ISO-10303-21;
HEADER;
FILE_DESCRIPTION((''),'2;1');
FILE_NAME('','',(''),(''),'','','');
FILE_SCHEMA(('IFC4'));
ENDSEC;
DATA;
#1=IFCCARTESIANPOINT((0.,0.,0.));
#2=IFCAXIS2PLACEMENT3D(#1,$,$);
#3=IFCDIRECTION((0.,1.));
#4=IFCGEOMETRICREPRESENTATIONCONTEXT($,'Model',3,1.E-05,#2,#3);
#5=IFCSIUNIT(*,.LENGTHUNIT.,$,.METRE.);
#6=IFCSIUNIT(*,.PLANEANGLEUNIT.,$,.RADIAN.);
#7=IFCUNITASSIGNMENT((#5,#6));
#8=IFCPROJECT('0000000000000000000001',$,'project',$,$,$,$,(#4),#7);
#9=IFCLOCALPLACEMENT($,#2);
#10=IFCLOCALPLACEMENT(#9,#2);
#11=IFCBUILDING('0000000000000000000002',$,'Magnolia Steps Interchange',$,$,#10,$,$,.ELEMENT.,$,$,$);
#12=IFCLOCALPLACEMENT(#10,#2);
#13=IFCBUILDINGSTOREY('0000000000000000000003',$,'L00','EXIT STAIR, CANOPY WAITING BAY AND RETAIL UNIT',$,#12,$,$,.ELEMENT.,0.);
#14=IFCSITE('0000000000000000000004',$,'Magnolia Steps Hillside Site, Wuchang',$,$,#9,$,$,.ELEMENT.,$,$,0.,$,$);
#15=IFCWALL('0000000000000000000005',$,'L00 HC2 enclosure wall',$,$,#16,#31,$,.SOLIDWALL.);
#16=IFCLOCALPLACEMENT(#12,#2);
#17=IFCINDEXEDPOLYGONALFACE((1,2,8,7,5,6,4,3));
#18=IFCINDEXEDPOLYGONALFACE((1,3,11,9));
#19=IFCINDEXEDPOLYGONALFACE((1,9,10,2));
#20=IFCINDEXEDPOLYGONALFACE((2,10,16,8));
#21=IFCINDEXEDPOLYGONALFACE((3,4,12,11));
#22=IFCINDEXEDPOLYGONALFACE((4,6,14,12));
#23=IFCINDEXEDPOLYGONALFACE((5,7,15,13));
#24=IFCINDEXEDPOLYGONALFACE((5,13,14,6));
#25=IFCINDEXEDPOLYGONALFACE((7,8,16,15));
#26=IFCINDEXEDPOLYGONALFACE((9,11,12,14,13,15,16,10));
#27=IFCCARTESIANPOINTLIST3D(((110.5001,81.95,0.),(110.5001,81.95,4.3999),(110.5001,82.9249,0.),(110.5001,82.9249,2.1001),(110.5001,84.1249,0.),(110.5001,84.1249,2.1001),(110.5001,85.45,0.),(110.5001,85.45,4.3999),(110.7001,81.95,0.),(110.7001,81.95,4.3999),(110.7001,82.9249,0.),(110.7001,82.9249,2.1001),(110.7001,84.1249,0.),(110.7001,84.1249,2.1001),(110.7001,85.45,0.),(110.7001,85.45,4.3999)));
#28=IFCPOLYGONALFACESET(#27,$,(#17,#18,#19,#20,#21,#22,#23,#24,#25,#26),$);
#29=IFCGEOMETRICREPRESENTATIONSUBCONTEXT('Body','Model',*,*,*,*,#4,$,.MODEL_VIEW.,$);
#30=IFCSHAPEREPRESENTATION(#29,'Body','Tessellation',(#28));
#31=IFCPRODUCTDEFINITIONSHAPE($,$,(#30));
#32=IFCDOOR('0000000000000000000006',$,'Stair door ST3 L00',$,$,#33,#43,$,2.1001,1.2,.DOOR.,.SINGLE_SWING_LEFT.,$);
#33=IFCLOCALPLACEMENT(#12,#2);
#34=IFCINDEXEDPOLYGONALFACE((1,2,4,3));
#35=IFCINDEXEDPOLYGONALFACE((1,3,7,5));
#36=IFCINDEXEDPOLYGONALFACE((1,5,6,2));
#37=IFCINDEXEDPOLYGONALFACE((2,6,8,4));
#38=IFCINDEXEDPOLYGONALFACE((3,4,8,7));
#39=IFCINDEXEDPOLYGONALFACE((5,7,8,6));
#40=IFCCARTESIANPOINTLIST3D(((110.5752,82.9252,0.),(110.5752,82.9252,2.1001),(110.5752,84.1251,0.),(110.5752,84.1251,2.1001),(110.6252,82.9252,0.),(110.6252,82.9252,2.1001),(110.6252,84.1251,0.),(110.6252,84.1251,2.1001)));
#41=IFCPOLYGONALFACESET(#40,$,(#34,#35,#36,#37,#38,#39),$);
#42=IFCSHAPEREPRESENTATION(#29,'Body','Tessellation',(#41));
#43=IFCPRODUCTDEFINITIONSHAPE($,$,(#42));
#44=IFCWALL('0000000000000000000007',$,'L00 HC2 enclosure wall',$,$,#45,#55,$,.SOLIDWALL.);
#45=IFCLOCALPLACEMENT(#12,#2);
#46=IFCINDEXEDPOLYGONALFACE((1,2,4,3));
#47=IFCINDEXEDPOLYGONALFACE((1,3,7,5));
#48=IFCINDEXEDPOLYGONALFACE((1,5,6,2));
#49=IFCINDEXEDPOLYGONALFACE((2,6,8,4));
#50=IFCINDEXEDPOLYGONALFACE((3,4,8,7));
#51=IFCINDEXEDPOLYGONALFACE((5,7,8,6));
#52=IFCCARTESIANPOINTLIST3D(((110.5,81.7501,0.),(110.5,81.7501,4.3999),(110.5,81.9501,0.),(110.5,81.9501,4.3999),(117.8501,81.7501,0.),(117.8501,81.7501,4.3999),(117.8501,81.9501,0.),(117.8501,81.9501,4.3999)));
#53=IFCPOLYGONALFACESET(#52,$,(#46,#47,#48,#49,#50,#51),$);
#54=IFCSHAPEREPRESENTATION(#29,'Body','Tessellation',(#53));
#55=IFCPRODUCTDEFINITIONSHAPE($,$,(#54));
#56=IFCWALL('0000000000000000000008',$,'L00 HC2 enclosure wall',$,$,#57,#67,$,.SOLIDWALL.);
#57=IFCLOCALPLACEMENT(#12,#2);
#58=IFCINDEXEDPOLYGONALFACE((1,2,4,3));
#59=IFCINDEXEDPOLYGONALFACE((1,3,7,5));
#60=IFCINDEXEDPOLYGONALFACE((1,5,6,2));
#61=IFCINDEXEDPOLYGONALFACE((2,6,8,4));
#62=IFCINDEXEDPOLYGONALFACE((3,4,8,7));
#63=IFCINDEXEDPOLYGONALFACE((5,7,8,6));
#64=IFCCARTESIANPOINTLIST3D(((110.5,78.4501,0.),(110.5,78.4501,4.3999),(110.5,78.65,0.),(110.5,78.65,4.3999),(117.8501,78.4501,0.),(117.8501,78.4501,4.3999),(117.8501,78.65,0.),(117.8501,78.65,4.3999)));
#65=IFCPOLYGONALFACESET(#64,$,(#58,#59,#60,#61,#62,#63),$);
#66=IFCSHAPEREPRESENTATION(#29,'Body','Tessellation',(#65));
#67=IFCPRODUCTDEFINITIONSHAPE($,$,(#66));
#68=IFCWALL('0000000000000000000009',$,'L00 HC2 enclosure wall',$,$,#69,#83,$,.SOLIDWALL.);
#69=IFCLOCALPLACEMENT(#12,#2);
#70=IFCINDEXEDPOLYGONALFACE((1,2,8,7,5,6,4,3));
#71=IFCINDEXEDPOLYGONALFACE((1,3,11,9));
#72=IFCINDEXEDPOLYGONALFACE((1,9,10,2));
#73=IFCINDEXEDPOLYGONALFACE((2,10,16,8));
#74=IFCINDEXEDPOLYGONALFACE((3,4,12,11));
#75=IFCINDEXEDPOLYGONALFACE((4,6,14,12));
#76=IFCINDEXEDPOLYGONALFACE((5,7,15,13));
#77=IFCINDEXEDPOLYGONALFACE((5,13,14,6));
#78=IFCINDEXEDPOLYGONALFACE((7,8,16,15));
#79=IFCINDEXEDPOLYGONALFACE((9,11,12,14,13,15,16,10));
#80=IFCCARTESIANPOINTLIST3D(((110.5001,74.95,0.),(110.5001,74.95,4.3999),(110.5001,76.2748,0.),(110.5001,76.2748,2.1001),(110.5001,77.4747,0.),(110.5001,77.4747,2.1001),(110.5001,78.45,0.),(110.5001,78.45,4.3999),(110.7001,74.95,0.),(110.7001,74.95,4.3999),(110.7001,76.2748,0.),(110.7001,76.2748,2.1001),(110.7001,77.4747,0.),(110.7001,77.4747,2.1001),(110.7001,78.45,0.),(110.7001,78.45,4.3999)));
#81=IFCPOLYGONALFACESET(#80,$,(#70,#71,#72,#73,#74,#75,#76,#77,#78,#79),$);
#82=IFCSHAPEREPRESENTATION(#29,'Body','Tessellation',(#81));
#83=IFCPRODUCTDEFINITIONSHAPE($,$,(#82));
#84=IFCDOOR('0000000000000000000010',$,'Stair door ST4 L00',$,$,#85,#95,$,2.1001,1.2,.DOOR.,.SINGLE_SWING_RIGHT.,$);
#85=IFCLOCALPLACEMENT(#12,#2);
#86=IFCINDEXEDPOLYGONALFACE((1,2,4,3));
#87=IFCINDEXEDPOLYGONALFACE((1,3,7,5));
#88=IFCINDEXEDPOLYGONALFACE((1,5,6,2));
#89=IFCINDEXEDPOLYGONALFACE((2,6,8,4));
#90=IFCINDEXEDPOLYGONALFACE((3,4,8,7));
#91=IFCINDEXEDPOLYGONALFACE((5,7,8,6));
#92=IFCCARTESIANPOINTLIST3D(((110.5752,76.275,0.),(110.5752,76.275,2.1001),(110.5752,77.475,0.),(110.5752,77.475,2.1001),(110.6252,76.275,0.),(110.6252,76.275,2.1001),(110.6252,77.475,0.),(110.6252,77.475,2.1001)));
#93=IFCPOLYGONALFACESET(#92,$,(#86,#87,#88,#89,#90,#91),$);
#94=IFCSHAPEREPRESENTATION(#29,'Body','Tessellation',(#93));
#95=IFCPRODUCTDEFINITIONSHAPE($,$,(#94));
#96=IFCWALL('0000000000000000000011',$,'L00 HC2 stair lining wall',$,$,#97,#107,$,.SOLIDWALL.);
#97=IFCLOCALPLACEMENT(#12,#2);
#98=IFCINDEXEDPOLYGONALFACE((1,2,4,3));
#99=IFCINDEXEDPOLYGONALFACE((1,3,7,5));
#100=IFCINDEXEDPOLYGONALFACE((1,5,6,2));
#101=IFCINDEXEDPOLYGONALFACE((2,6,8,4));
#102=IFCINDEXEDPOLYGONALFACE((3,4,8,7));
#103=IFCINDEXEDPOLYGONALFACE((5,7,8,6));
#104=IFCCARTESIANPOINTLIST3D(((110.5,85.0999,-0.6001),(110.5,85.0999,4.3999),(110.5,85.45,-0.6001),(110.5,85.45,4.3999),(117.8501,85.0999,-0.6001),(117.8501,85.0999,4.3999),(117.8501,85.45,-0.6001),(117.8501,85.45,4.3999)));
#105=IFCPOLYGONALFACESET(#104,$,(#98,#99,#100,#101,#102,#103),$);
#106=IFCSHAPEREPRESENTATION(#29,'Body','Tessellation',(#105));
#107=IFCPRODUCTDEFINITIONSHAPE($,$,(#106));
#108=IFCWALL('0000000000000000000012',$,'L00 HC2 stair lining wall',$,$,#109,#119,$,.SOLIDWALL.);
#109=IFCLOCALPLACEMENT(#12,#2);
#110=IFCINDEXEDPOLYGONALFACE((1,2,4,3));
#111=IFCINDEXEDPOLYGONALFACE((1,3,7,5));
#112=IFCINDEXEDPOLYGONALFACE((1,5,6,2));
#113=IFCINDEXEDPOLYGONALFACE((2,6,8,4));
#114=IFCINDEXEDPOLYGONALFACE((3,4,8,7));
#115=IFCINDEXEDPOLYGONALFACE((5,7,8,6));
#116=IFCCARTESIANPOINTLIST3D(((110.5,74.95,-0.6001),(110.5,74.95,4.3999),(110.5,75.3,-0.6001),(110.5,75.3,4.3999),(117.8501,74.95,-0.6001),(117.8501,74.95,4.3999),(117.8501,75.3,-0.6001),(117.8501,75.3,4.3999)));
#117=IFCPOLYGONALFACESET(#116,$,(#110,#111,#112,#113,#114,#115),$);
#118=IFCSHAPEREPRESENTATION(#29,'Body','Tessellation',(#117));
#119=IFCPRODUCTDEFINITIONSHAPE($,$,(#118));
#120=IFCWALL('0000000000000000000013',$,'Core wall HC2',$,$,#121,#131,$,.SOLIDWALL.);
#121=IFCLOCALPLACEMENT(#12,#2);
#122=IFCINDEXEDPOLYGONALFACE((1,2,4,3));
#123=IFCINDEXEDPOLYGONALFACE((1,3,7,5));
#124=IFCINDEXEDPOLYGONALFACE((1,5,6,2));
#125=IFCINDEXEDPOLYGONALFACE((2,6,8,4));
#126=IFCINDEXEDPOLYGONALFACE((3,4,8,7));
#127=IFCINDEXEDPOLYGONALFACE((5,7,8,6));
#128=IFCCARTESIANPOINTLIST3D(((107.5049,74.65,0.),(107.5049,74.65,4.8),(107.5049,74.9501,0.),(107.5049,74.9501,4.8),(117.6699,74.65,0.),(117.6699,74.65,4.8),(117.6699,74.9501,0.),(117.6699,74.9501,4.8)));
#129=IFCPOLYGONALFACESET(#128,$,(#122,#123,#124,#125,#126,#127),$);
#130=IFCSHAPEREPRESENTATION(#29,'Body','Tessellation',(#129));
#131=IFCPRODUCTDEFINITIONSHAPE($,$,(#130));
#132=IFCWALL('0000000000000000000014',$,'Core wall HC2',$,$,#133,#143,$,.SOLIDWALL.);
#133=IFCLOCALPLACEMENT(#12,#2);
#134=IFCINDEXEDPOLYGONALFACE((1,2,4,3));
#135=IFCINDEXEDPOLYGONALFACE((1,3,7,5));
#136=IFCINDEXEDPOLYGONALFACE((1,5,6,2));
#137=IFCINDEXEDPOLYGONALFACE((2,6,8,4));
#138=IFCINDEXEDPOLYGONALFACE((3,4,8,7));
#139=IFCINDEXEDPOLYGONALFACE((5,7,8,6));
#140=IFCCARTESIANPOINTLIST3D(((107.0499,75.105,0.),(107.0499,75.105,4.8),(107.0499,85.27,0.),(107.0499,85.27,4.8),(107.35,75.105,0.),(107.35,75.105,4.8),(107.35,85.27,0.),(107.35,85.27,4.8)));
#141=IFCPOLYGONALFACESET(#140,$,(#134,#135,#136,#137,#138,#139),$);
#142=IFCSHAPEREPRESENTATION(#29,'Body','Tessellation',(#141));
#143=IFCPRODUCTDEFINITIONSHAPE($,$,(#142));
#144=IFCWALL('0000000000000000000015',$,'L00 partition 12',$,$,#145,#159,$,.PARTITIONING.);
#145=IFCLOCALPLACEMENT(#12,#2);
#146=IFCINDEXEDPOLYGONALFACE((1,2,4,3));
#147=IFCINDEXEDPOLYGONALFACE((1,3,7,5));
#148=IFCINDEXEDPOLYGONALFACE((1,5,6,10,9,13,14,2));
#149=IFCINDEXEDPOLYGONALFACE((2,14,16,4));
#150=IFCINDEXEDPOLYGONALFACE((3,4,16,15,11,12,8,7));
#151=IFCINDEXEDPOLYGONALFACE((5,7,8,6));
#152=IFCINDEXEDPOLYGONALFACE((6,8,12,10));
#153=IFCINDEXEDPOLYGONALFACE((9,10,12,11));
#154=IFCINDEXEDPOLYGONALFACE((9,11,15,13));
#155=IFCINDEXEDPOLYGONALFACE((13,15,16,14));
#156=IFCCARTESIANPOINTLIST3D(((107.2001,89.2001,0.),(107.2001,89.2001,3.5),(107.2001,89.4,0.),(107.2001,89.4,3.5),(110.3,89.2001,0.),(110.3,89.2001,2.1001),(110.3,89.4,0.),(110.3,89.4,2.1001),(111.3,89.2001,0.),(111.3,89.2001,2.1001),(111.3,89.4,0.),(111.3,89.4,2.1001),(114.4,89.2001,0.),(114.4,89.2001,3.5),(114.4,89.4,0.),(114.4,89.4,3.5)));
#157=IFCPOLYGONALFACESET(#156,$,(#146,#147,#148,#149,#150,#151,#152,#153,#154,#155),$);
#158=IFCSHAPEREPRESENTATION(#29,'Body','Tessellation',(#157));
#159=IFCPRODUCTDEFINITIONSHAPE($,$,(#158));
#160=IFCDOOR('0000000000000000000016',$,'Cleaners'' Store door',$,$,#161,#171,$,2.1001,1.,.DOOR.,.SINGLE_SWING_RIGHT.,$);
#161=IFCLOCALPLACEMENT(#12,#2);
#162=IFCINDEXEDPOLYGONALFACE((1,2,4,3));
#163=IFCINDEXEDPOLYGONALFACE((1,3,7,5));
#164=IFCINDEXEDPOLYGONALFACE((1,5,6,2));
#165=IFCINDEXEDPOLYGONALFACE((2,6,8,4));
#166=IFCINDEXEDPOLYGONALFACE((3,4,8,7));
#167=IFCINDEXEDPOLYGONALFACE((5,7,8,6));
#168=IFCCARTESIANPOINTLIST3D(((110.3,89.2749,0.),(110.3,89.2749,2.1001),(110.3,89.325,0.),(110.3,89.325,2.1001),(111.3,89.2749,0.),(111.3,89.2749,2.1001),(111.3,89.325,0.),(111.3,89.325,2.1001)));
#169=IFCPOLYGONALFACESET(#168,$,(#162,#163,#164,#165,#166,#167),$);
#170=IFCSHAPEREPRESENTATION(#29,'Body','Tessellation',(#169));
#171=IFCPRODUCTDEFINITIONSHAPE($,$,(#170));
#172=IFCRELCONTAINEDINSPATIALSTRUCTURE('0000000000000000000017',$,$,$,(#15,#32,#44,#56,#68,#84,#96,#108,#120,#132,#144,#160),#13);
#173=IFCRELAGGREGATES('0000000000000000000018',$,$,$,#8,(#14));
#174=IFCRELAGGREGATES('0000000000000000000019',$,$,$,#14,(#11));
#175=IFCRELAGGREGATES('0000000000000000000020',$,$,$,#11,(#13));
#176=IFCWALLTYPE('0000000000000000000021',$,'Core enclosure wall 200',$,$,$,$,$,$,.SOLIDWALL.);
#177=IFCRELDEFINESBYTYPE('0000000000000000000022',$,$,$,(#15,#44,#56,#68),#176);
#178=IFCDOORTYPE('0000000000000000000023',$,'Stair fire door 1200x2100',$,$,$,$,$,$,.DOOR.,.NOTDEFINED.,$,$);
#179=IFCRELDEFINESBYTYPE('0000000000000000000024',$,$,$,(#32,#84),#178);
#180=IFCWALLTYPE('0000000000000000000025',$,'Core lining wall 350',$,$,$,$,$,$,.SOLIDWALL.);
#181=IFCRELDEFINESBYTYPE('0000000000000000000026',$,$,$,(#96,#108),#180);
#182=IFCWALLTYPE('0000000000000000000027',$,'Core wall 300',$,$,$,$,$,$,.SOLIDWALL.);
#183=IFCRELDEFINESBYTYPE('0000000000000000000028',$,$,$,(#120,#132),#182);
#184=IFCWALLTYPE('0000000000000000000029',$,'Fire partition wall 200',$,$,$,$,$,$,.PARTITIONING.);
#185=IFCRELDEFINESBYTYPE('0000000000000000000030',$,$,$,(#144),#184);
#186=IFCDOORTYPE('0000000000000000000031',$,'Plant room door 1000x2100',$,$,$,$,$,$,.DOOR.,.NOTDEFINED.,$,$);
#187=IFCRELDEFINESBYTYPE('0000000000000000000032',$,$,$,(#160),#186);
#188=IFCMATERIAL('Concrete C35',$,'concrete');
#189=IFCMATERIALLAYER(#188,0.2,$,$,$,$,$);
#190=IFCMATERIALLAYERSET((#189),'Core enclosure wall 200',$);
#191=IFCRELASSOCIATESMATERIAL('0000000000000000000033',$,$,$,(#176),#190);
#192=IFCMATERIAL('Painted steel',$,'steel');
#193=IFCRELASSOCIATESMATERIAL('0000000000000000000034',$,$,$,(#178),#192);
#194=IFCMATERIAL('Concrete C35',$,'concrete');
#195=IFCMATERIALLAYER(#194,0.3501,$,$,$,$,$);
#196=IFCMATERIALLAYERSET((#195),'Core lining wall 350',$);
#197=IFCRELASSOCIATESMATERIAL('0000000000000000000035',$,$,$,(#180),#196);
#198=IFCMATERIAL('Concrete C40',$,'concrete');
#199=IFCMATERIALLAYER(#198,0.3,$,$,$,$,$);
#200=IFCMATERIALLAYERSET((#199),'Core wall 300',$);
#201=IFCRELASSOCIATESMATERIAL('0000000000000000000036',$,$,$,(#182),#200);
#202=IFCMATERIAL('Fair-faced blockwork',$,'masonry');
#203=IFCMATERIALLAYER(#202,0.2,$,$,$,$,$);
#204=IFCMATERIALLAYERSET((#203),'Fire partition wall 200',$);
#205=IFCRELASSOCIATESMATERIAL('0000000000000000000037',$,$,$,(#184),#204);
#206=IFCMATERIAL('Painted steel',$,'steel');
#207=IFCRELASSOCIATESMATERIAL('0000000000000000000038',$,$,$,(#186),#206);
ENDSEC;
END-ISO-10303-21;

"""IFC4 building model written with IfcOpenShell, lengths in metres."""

from ifc_helpers import new_model, si_unit, direction, frame, frame_2d, origin, place, context, subcontext, project, spatial, rectangle, extrude, material, layer, layer_set, type_object, element, fill, save


model = new_model("IFC4")

# Units and contexts
model_context = context("Model", 3, precision=1e-05, world=origin(), true_north=direction((0.0, 1.0)))
body_context = subcontext(model_context, "Body", "Model", "MODEL_VIEW")
ifc_project = project(units=[si_unit("LENGTHUNIT", "METRE"), si_unit("PLANEANGLEUNIT", "RADIAN")], contexts=[model_context])

# Site, building, storey
site_placement = place(None, origin())
site = spatial("IfcSite", under=ifc_project, at=site_placement, Name="Magnolia Steps Hillside Site, Wuchang", CompositionType="ELEMENT", RefElevation=0.0)
building_placement = place(site_placement, origin())
building = spatial("IfcBuilding", under=site, at=building_placement, Name="Magnolia Steps Interchange", CompositionType="ELEMENT")
storey_placement = place(building_placement, origin())
storey = spatial("IfcBuildingStorey", under=building, at=storey_placement, Name="L00", Description="EXIT STAIR, CANOPY WAITING BAY AND RETAIL UNIT", CompositionType="ELEMENT", Elevation=0.0)

# Wall, opening, door
ifc_material_1 = material(Name="Concrete C35", Category="concrete")
ifc_layer_1 = layer(ifc_material_1, 0.2)
ifc_layer_set_1 = layer_set([ifc_layer_1], Name="Core enclosure wall 200")
wall_type_1 = type_object("IfcWallType", Name="Core enclosure wall 200", PredefinedType="SOLIDWALL", material=ifc_layer_set_1)
wall_1_placement = place(storey_placement, frame((110.6001, 85.45, 0.0), z_axis=(0.0, 0.0, 1.0), x_axis=(0.0, -1.0, 0.0)))
wall_1 = element("IfcWall", 1, at=wall_1_placement, inside=storey, type_object=wall_type_1, Name="L00 HC2 enclosure wall", PredefinedType="SOLIDWALL", context=body_context, shape_type="SweptSolid", body=[
    extrude(rectangle(XDim=3.5, YDim=0.2, at=frame_2d((1.75, 0.0))), origin(), (0.0, 0.0, 1.0), 4.3999),
])
opening_1_placement = place(wall_1_placement, frame((1.325, 0.0, 0.0)))
opening_1 = element("IfcOpeningElement", 2, at=opening_1_placement, cuts=wall_1, PredefinedType="OPENING", context=body_context, shape_type="SweptSolid", body=[
    extrude(rectangle(XDim=1.2, YDim=2.1001, at=frame_2d((0.6001, 1.05))), frame((0.0, 0.1099, 0.0), z_axis=(0.0, -1.0, 0.0), x_axis=(1.0, 0.0, 0.0)), (0.0, 0.0, 1.0), 0.22),
])
ifc_material_2 = material(Name="Painted steel", Category="steel")
door_type_1 = type_object("IfcDoorType", Name="Stair fire door 1200x2100", OperationType="NOTDEFINED", PredefinedType="DOOR", material=ifc_material_2)
door_1_placement = place(opening_1_placement, frame((1.2, 0.0, 0.0), z_axis=(0.0, 0.0, 1.0), x_axis=(-1.0, 0.0, 0.0)))
door_1 = element("IfcDoor", 3, at=door_1_placement, inside=storey, type_object=door_type_1, Name="Stair door ST3 L00", OperationType="SINGLE_SWING_LEFT", OverallHeight=2.1001, OverallWidth=1.2, PredefinedType="DOOR", context=body_context, shape_type="SweptSolid", body=[
    extrude(rectangle(XDim=1.2, YDim=2.1001, at=frame_2d((0.6001, 1.05))), frame((0.0, 0.0249, 0.0), z_axis=(0.0, -1.0, 0.0), x_axis=(1.0, 0.0, 0.0)), (0.0, 0.0, 1.0), 0.05),
])
fill(opening_1, door_1)

# Walls
for number, where, z_axis, x_axis, name in (
    (4, (110.5, 81.8501, 0.0), (0.0, 0.0, 1.0), (1.0, 0.0, 0.0), "L00 HC2 enclosure wall"),
    (5, (110.5, 78.55, 0.0), (0.0, 0.0, 1.0), (1.0, 0.0, 0.0), "L00 HC2 enclosure wall"),
):
    element("IfcWall", number, at=place(storey_placement, frame(where, z_axis=z_axis, x_axis=x_axis)), inside=storey, type_object=wall_type_1, Name=name, PredefinedType="SOLIDWALL", context=body_context, shape_type="SweptSolid", body=[
        extrude(rectangle(XDim=7.3501, YDim=0.2, at=frame_2d((3.675, 0.0))), origin(), (0.0, 0.0, 1.0), 4.3999),
    ])

# Wall, opening, door
wall_2_placement = place(storey_placement, frame((110.6001, 78.45, 0.0), z_axis=(0.0, 0.0, 1.0), x_axis=(0.0, -1.0, 0.0)))
wall_2 = element("IfcWall", 6, at=wall_2_placement, inside=storey, type_object=wall_type_1, Name="L00 HC2 enclosure wall", PredefinedType="SOLIDWALL", context=body_context, shape_type="SweptSolid", body=[
    extrude(rectangle(XDim=3.5, YDim=0.2, at=frame_2d((1.75, 0.0))), origin(), (0.0, 0.0, 1.0), 4.3999),
])
opening_2_placement = place(wall_2_placement, frame((0.9751, 0.0, 0.0)))
opening_2 = element("IfcOpeningElement", 7, at=opening_2_placement, cuts=wall_2, PredefinedType="OPENING", context=body_context, shape_type="SweptSolid", body=[
    extrude(rectangle(XDim=1.2, YDim=2.1001, at=frame_2d((0.6001, 1.05))), frame((0.0, 0.1099, 0.0), z_axis=(0.0, -1.0, 0.0), x_axis=(1.0, 0.0, 0.0)), (0.0, 0.0, 1.0), 0.22),
])
door_2_placement = place(opening_2_placement, frame((1.2, 0.0, 0.0), z_axis=(0.0, 0.0, 1.0), x_axis=(-1.0, 0.0, 0.0)))
door_2 = element("IfcDoor", 8, at=door_2_placement, inside=storey, type_object=door_type_1, Name="Stair door ST4 L00", OperationType="SINGLE_SWING_RIGHT", OverallHeight=2.1001, OverallWidth=1.2, PredefinedType="DOOR", context=body_context, shape_type="SweptSolid", body=[
    extrude(rectangle(XDim=1.2, YDim=2.1001, at=frame_2d((0.6001, 1.05))), frame((0.0, 0.0249, 0.0), z_axis=(0.0, -1.0, 0.0), x_axis=(1.0, 0.0, 0.0)), (0.0, 0.0, 1.0), 0.05),
])
fill(opening_2, door_2)

# Walls
ifc_material_3 = material(Name="Concrete C35", Category="concrete")
ifc_layer_2 = layer(ifc_material_3, 0.3501)
ifc_layer_set_2 = layer_set([ifc_layer_2], Name="Core lining wall 350")
wall_type_2 = type_object("IfcWallType", Name="Core lining wall 350", PredefinedType="SOLIDWALL", material=ifc_layer_set_2)
for number, where, z_axis, x_axis, name in (
    (9, (110.5, 85.2749, -0.6001), (0.0, 0.0, 1.0), (1.0, 0.0, 0.0), "L00 HC2 stair lining wall"),
    (10, (110.5, 75.125, -0.6001), (0.0, 0.0, 1.0), (1.0, 0.0, 0.0), "L00 HC2 stair lining wall"),
):
    element("IfcWall", number, at=place(storey_placement, frame(where, z_axis=z_axis, x_axis=x_axis)), inside=storey, type_object=wall_type_2, Name=name, PredefinedType="SOLIDWALL", context=body_context, shape_type="SweptSolid", body=[
        extrude(rectangle(XDim=7.3501, YDim=0.3501, at=frame_2d((3.675, 0.0))), origin(), (0.0, 0.0, 1.0), 5.0),
    ])
ifc_material_4 = material(Name="Concrete C40", Category="concrete")
ifc_layer_3 = layer(ifc_material_4, 0.3)
ifc_layer_set_3 = layer_set([ifc_layer_3], Name="Core wall 300")
wall_type_3 = type_object("IfcWallType", Name="Core wall 300", PredefinedType="SOLIDWALL", material=ifc_layer_set_3)
for number, where, z_axis, x_axis, name in (
    (11, (107.5049, 74.8, 0.0), (0.0, 0.0, 1.0), (1.0, 0.0, 0.0), "Core wall HC2"),
    (12, (107.2, 85.27, 0.0), (0.0, 0.0, 1.0), (0.0, -1.0, 0.0), "Core wall HC2"),
):
    element("IfcWall", number, at=place(storey_placement, frame(where, z_axis=z_axis, x_axis=x_axis)), inside=storey, type_object=wall_type_3, Name=name, PredefinedType="SOLIDWALL", context=body_context, shape_type="SweptSolid", body=[
        extrude(rectangle(XDim=10.165, YDim=0.3, at=frame_2d((5.0825, 0.0))), origin(), (0.0, 0.0, 1.0), 4.8),
    ])

# Wall, opening, door
ifc_material_5 = material(Name="Fair-faced blockwork", Category="masonry")
ifc_layer_4 = layer(ifc_material_5, 0.2)
ifc_layer_set_4 = layer_set([ifc_layer_4], Name="Fire partition wall 200")
wall_type_4 = type_object("IfcWallType", Name="Fire partition wall 200", PredefinedType="PARTITIONING", material=ifc_layer_set_4)
wall_3_placement = place(storey_placement, frame((107.2, 89.3, 0.0), z_axis=(0.0, 0.0, 1.0), x_axis=(1.0, 0.0, 0.0)))
wall_3 = element("IfcWall", 13, at=wall_3_placement, inside=storey, type_object=wall_type_4, Name="L00 partition 12", PredefinedType="PARTITIONING", context=body_context, shape_type="SweptSolid", body=[
    extrude(rectangle(XDim=7.2, YDim=0.2, at=frame_2d((3.6001, 0.0))), origin(), (0.0, 0.0, 1.0), 3.5),
])
opening_3_placement = place(wall_3_placement, frame((3.1001, 0.0, 0.0)))
opening_3 = element("IfcOpeningElement", 14, at=opening_3_placement, cuts=wall_3, PredefinedType="OPENING", context=body_context, shape_type="SweptSolid", body=[
    extrude(rectangle(XDim=1.0, YDim=2.1001, at=frame_2d((0.5, 1.05))), frame((0.0, 0.1099, 0.0), z_axis=(0.0, -1.0, 0.0), x_axis=(1.0, 0.0, 0.0)), (0.0, 0.0, 1.0), 0.22),
])
ifc_material_6 = material(Name="Painted steel", Category="steel")
door_type_2 = type_object("IfcDoorType", Name="Plant room door 1000x2100", OperationType="NOTDEFINED", PredefinedType="DOOR", material=ifc_material_6)
door_3_placement = place(opening_3_placement, origin())
door_3 = element("IfcDoor", 15, at=door_3_placement, inside=storey, type_object=door_type_2, Name="Cleaners' Store door", OperationType="SINGLE_SWING_RIGHT", OverallHeight=2.1001, OverallWidth=1.0, PredefinedType="DOOR", context=body_context, shape_type="SweptSolid", body=[
    extrude(rectangle(XDim=1.0, YDim=2.1001, at=frame_2d((0.5, 1.05))), frame((0.0, 0.0249, 0.0), z_axis=(0.0, -1.0, 0.0), x_axis=(1.0, 0.0, 0.0)), (0.0, 0.0, 1.0), 0.05),
])
fill(opening_3, door_3)

save(model, "model.ifc")
